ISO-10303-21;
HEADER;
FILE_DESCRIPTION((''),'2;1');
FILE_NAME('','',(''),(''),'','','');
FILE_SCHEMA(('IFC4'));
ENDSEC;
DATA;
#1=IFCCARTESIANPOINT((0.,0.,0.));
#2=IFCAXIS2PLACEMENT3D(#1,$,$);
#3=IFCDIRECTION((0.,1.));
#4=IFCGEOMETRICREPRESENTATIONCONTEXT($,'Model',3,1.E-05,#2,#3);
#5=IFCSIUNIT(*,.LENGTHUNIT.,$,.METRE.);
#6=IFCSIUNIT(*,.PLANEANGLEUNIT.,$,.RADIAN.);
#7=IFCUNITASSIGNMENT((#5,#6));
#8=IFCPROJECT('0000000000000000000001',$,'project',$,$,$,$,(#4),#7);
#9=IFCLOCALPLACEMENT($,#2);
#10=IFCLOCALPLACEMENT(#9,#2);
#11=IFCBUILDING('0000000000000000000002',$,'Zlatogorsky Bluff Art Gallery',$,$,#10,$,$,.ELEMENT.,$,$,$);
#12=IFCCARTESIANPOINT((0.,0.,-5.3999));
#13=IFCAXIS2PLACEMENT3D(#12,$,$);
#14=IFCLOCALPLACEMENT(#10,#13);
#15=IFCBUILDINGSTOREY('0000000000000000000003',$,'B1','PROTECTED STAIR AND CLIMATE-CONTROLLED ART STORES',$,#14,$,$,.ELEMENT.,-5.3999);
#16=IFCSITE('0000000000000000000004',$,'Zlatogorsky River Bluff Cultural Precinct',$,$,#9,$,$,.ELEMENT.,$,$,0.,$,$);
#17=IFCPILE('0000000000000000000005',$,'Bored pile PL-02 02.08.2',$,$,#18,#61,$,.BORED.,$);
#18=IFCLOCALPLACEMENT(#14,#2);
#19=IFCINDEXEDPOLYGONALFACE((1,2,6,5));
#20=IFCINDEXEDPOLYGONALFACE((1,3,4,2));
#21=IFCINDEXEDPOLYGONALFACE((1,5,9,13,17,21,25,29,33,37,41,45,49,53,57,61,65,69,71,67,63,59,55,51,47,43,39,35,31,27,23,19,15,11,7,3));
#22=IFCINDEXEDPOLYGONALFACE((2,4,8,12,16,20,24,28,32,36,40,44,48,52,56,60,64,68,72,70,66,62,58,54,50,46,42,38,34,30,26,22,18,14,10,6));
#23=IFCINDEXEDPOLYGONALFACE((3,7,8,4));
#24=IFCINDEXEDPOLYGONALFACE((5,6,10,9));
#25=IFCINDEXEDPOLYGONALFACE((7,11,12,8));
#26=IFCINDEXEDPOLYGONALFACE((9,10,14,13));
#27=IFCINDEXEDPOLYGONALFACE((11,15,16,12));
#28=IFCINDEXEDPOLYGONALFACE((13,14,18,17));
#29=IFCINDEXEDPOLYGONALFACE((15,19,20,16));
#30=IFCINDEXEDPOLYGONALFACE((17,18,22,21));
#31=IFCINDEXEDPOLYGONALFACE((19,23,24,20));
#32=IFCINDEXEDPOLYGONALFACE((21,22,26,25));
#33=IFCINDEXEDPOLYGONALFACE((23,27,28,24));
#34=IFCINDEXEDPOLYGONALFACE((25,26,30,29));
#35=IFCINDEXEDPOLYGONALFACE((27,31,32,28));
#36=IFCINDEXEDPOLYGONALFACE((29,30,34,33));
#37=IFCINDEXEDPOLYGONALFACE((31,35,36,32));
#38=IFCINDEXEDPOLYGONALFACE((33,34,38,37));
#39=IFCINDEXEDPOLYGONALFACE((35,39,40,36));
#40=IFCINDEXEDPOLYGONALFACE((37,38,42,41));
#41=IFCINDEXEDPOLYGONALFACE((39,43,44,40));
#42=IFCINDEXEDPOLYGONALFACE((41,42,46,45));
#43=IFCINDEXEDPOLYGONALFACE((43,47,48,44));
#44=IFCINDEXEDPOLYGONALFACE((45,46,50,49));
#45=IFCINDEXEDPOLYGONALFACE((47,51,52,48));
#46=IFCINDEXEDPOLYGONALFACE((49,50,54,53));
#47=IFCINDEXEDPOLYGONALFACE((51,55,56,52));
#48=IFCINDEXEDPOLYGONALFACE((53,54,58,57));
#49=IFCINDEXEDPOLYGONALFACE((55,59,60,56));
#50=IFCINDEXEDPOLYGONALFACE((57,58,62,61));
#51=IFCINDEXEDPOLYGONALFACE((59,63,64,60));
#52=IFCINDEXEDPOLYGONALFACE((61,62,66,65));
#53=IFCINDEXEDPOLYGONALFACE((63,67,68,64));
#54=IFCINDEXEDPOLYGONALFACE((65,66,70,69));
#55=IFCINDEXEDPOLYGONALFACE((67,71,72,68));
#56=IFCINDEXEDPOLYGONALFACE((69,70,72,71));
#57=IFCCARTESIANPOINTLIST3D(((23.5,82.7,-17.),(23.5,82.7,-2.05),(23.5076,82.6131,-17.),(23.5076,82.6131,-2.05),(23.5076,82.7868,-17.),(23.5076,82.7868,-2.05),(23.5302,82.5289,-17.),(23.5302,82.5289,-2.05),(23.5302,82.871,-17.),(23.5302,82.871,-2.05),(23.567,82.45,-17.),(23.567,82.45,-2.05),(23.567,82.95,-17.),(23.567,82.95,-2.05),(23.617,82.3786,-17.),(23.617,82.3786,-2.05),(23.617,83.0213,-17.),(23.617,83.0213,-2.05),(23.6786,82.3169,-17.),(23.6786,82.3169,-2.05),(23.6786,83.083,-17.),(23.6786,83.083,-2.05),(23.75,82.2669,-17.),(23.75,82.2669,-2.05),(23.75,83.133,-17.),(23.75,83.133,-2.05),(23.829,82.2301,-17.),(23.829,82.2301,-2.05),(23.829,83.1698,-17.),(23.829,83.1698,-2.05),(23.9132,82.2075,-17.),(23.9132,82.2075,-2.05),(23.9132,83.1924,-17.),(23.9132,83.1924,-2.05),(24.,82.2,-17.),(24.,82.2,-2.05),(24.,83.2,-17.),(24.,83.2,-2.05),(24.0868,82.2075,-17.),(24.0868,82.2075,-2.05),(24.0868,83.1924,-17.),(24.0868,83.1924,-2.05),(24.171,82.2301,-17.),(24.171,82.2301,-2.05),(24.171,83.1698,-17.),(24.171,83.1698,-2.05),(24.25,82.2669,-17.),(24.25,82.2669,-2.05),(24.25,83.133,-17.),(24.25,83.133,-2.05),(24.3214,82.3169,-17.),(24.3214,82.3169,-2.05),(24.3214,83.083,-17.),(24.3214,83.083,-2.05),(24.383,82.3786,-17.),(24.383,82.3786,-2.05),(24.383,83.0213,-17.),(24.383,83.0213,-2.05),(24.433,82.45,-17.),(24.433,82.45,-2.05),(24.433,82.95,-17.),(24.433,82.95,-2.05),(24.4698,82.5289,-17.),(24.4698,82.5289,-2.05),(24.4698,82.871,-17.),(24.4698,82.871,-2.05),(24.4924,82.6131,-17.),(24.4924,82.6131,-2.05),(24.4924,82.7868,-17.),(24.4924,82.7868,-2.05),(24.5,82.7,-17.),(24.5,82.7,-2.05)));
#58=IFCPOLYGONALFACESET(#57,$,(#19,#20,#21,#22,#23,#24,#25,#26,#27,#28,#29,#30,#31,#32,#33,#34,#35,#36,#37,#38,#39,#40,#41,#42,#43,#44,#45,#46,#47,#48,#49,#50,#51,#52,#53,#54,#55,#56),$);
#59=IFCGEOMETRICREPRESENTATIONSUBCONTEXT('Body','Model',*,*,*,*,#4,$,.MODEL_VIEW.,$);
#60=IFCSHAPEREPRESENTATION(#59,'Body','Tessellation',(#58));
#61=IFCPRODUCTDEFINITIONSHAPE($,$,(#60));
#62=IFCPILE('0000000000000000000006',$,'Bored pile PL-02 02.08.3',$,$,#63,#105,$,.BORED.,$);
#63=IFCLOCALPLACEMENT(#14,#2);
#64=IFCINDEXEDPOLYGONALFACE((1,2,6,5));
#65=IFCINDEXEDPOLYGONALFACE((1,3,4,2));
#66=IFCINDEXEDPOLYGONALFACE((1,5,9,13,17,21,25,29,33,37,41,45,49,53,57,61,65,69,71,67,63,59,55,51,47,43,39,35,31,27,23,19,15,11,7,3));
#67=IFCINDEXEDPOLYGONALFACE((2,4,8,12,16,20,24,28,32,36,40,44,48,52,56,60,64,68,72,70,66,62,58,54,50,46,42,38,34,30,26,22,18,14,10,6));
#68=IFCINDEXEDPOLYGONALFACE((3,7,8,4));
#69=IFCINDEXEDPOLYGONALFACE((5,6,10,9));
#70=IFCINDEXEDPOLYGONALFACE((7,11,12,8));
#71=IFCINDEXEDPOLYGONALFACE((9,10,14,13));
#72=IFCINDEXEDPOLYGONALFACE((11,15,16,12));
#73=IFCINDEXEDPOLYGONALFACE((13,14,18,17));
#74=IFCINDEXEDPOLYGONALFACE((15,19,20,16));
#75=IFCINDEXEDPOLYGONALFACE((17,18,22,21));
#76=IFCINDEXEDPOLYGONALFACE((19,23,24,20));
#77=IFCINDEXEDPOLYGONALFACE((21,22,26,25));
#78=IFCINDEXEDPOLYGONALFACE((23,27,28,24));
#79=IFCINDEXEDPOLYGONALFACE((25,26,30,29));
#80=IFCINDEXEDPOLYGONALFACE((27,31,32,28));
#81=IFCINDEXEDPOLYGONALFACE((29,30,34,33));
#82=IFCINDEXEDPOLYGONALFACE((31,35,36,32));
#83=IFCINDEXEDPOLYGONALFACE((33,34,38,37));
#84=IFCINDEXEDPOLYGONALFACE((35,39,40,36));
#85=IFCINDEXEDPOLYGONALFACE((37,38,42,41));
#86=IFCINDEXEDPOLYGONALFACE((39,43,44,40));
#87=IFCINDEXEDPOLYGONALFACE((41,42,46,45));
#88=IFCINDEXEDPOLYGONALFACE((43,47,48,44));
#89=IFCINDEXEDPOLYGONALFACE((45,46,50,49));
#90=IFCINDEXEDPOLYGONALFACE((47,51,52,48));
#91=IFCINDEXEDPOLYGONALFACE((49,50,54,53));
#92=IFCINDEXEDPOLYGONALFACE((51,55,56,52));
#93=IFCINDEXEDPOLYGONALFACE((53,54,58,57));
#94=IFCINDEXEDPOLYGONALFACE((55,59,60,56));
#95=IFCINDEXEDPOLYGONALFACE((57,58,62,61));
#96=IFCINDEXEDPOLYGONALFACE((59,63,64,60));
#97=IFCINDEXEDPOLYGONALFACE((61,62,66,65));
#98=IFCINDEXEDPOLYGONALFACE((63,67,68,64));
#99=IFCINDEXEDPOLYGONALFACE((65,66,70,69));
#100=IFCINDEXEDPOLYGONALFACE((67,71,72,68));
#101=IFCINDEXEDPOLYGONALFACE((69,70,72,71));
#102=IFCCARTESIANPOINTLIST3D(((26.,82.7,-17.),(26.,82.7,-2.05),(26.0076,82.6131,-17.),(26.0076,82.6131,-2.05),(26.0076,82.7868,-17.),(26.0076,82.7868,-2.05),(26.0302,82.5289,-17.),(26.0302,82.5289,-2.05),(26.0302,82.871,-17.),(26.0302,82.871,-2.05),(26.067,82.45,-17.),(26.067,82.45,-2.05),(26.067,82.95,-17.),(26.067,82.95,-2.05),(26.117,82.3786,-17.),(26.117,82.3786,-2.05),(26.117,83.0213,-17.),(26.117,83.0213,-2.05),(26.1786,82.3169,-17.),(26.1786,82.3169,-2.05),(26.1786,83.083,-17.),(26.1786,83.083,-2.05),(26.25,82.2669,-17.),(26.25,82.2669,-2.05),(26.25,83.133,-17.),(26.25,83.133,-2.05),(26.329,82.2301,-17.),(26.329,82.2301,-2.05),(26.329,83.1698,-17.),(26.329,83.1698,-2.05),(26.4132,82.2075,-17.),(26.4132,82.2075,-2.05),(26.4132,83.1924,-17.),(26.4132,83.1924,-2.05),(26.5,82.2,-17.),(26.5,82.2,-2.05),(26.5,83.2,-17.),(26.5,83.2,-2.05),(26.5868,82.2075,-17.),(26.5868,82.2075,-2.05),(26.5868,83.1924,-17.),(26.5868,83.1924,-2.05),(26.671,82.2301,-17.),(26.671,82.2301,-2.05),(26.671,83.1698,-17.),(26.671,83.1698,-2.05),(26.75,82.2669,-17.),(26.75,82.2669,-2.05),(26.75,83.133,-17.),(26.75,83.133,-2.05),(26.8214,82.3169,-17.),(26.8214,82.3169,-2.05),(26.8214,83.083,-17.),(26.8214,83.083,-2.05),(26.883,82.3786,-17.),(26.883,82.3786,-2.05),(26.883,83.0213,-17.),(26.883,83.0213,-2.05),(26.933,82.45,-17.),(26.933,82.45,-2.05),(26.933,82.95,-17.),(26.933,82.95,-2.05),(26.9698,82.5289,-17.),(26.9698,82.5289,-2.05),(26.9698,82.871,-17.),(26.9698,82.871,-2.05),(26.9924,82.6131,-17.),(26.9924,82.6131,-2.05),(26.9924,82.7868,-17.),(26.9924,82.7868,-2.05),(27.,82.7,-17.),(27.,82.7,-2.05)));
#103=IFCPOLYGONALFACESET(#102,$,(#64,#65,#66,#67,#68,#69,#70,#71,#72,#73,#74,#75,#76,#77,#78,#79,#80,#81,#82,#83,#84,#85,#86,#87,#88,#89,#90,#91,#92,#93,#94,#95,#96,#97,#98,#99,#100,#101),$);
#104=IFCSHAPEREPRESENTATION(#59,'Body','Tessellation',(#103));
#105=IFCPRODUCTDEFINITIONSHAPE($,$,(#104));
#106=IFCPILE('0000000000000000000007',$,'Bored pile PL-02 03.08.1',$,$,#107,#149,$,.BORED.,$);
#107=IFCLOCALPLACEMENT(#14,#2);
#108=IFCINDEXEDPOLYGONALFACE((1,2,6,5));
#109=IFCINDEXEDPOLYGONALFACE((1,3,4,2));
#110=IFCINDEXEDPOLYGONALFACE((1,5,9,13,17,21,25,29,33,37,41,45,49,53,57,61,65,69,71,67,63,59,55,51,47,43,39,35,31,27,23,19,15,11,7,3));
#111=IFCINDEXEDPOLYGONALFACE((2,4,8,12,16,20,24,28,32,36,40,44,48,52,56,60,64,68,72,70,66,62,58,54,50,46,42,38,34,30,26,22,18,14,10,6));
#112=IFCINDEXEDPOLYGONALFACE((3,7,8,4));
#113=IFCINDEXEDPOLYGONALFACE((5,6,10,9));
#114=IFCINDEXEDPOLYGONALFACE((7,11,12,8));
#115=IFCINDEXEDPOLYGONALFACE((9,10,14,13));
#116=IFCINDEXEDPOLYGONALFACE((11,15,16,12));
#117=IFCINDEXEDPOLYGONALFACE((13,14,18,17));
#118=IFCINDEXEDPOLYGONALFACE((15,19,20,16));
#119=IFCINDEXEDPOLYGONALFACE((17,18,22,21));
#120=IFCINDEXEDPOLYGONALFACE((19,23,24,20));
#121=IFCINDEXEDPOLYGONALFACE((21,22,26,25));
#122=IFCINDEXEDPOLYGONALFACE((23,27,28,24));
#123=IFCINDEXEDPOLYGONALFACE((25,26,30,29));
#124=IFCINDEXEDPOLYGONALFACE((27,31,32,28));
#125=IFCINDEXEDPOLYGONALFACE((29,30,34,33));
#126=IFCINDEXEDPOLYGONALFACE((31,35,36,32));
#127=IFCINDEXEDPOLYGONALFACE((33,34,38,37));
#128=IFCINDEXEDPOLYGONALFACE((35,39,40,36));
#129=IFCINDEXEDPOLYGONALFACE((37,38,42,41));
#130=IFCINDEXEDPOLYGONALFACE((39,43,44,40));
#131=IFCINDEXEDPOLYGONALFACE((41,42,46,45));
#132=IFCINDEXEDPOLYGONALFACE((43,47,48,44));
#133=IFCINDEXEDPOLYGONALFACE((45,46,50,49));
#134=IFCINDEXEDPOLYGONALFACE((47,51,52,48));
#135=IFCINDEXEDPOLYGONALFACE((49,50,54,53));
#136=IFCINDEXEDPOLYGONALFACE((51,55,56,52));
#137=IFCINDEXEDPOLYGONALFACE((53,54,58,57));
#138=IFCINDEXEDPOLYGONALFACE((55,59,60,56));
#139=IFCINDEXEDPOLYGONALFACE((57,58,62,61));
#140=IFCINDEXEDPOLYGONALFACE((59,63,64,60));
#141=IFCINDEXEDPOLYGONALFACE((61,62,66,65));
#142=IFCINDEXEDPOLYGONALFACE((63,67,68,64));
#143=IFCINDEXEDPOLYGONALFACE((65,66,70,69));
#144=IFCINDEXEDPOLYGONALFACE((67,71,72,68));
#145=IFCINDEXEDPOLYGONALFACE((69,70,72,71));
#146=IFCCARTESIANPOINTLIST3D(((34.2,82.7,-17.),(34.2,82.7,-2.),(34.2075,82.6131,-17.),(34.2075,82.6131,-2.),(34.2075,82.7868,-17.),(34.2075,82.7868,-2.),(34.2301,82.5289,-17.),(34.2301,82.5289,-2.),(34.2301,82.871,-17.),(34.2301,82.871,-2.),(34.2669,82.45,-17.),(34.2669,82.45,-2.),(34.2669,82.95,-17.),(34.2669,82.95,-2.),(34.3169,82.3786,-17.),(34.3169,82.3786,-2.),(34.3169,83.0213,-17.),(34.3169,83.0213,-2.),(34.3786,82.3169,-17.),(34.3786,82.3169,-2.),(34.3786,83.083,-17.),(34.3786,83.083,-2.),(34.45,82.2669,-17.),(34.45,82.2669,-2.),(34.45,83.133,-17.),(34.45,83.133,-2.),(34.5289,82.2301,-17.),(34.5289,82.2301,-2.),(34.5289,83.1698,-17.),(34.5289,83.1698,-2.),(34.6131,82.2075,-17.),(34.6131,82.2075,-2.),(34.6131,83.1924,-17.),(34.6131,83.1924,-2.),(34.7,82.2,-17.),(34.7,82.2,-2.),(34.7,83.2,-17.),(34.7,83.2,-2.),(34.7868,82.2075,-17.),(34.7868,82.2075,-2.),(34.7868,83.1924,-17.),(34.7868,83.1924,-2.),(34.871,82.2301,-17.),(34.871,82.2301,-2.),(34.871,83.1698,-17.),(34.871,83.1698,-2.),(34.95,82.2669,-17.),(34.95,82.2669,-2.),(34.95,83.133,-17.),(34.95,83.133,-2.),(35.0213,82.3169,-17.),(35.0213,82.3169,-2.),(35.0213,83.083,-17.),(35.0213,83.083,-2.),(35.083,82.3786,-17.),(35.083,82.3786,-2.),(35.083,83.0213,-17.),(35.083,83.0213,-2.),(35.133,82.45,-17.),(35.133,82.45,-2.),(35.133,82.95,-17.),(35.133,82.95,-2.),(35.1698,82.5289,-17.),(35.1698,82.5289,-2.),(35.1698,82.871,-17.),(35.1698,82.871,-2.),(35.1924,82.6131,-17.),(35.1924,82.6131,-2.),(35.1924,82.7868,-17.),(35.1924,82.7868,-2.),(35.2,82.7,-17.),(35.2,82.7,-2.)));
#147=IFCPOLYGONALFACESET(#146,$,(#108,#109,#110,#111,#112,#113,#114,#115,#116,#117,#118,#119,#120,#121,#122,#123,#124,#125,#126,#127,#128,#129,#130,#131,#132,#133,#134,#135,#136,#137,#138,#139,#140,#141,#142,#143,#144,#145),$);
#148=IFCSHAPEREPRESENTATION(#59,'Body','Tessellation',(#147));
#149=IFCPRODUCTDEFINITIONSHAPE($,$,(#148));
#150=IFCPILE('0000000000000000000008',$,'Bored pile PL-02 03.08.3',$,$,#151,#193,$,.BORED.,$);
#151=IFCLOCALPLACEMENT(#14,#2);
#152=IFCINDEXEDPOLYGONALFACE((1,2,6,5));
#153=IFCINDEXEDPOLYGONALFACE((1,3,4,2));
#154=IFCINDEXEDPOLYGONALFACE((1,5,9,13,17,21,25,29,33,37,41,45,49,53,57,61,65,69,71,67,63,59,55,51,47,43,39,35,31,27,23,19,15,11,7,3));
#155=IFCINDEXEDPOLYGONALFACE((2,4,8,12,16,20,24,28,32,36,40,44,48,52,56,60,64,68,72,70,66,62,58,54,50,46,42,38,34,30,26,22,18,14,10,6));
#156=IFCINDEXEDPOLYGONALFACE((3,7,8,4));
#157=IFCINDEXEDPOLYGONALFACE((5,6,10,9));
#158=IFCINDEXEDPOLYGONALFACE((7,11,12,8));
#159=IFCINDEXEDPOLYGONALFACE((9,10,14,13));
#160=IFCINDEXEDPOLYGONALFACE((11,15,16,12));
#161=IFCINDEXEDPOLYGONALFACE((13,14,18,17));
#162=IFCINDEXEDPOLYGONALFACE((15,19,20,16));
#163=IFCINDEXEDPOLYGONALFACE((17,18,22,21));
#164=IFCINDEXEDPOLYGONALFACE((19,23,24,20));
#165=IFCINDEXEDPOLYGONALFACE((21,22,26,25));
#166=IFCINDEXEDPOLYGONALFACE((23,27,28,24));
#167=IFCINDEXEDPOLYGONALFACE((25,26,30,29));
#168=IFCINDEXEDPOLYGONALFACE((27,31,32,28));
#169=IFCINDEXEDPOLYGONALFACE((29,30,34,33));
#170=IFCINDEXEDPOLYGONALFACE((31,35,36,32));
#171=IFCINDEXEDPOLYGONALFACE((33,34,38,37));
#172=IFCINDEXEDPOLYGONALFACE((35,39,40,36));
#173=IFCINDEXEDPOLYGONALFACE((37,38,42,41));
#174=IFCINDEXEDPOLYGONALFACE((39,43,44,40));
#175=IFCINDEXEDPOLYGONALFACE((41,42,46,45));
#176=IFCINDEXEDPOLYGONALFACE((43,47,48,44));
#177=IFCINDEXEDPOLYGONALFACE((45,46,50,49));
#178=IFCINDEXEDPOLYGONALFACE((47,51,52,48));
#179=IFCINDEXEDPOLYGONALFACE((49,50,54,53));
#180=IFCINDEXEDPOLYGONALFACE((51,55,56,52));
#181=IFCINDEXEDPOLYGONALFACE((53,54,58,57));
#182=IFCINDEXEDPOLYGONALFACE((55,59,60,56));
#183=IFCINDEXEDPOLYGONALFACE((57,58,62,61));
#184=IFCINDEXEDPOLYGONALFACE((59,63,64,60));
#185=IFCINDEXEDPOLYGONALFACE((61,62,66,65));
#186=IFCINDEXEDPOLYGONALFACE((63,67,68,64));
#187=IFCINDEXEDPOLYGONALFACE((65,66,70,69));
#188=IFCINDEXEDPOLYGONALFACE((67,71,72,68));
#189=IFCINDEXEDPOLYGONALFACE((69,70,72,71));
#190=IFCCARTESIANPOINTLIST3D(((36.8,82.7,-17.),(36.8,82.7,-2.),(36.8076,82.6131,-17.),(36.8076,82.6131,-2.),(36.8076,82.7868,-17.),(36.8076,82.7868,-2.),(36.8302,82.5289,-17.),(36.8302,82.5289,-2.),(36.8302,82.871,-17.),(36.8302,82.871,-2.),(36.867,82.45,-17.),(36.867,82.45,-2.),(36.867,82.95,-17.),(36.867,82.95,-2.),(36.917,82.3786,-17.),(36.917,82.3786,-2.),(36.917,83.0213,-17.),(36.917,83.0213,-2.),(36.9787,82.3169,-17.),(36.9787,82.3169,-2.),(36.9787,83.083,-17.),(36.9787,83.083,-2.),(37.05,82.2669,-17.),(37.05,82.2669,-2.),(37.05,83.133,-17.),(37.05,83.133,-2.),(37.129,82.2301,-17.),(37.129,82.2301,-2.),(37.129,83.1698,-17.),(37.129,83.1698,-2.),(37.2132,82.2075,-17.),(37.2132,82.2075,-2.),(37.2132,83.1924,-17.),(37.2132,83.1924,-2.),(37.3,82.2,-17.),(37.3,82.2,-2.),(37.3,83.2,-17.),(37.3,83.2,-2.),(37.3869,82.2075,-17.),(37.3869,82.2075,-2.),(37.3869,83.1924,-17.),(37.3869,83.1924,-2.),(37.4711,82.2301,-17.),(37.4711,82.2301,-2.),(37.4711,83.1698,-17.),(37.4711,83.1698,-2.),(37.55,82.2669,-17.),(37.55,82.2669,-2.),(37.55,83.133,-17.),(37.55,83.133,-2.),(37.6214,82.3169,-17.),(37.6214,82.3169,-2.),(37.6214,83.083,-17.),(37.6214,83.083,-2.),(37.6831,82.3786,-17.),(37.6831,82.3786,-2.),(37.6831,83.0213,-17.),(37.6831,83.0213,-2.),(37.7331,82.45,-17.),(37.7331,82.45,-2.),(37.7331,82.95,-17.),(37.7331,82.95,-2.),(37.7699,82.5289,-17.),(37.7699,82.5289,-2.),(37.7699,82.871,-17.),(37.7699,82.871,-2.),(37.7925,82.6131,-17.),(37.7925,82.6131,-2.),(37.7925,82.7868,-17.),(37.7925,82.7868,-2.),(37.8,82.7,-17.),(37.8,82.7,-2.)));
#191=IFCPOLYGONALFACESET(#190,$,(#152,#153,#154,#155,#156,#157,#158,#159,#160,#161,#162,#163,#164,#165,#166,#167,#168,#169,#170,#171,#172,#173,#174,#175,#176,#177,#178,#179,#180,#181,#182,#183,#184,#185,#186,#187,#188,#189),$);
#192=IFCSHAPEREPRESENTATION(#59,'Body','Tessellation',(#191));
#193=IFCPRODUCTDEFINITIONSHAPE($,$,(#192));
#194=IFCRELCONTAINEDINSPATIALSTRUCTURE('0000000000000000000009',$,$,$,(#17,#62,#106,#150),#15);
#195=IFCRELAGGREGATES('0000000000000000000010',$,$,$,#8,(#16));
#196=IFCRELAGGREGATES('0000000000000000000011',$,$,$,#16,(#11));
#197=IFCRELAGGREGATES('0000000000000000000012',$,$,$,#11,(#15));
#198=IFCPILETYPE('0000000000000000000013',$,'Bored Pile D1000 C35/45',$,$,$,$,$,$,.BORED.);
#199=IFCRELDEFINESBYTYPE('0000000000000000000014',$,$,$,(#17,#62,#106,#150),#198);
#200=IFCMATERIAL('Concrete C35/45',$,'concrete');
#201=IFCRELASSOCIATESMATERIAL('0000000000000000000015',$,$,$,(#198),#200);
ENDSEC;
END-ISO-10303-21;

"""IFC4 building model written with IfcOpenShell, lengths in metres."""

from ifc_helpers import new_model, si_unit, direction, frame, origin, origin_2d, place, context, subcontext, project, spatial, circle, extrude, material, material_profile, profile_set, type_object, element, save


model = new_model("IFC4")

# Units and contexts
model_context = context("Model", 3, precision=1e-05, world=origin(), true_north=direction((0.0, 1.0)))
body_context = subcontext(model_context, "Body", "Model", "MODEL_VIEW")
ifc_project = project(units=[si_unit("LENGTHUNIT", "METRE"), si_unit("PLANEANGLEUNIT", "RADIAN")], contexts=[model_context])

# Site, building, storey
site_placement = place(None, origin())
site = spatial("IfcSite", under=ifc_project, at=site_placement, Name="Zlatogorsky River Bluff Cultural Precinct", CompositionType="ELEMENT", RefElevation=0.0)
building_placement = place(site_placement, origin())
building = spatial("IfcBuilding", under=site, at=building_placement, Name="Zlatogorsky Bluff Art Gallery", CompositionType="ELEMENT")
storey_placement = place(building_placement, frame((0.0, 0.0, -5.3999)))
storey = spatial("IfcBuildingStorey", under=building, at=storey_placement, Name="B1", Description="PROTECTED STAIR AND CLIMATE-CONTROLLED ART STORES", CompositionType="ELEMENT", Elevation=-5.3999)

# Piles
ifc_material_1 = material(Name="Concrete C35/45", Category="concrete")
ifc_material_profile_1 = material_profile(ifc_material_1, circle(Radius=0.5, at=origin_2d()), Name="BORED PILE D1000")
ifc_profile_set_1 = profile_set([ifc_material_profile_1], Name="Concrete C35/45")
pile_type_1 = type_object("IfcPileType", Name="Bored Pile D1000 C35/45", PredefinedType="BORED", material=ifc_profile_set_1)
for number, where, z_axis, x_axis, name in (
    (1, (24.0, 82.7, -2.05), (0.0, 0.0, -1.0), (1.0, 0.0, 0.0), "Bored pile PL-02 02.08.2"),
    (2, (26.5, 82.7, -2.05), (0.0, 0.0, -1.0), (1.0, 0.0, 0.0), "Bored pile PL-02 02.08.3"),
):
    element("IfcPile", number, at=place(storey_placement, frame(where, z_axis=z_axis, x_axis=x_axis)), inside=storey, type_object=pile_type_1, Name=name, PredefinedType="BORED", context=body_context, shape_type="SweptSolid", body=[
        extrude(circle(Radius=0.5, at=origin_2d()), origin(), (0.0, 0.0, 1.0), 14.95),
    ])
for number, where, z_axis, x_axis, name in (
    (3, (34.7, 82.7, -2.0), (0.0, 0.0, -1.0), (1.0, 0.0, 0.0), "Bored pile PL-02 03.08.1"),
    (4, (37.3, 82.7, -2.0), (0.0, 0.0, -1.0), (1.0, 0.0, 0.0), "Bored pile PL-02 03.08.3"),
):
    element("IfcPile", number, at=place(storey_placement, frame(where, z_axis=z_axis, x_axis=x_axis)), inside=storey, type_object=pile_type_1, Name=name, PredefinedType="BORED", context=body_context, shape_type="SweptSolid", body=[
        extrude(circle(Radius=0.5, at=origin_2d()), origin(), (0.0, 0.0, 1.0), 15.0),
    ])

save(model, "model.ifc")
